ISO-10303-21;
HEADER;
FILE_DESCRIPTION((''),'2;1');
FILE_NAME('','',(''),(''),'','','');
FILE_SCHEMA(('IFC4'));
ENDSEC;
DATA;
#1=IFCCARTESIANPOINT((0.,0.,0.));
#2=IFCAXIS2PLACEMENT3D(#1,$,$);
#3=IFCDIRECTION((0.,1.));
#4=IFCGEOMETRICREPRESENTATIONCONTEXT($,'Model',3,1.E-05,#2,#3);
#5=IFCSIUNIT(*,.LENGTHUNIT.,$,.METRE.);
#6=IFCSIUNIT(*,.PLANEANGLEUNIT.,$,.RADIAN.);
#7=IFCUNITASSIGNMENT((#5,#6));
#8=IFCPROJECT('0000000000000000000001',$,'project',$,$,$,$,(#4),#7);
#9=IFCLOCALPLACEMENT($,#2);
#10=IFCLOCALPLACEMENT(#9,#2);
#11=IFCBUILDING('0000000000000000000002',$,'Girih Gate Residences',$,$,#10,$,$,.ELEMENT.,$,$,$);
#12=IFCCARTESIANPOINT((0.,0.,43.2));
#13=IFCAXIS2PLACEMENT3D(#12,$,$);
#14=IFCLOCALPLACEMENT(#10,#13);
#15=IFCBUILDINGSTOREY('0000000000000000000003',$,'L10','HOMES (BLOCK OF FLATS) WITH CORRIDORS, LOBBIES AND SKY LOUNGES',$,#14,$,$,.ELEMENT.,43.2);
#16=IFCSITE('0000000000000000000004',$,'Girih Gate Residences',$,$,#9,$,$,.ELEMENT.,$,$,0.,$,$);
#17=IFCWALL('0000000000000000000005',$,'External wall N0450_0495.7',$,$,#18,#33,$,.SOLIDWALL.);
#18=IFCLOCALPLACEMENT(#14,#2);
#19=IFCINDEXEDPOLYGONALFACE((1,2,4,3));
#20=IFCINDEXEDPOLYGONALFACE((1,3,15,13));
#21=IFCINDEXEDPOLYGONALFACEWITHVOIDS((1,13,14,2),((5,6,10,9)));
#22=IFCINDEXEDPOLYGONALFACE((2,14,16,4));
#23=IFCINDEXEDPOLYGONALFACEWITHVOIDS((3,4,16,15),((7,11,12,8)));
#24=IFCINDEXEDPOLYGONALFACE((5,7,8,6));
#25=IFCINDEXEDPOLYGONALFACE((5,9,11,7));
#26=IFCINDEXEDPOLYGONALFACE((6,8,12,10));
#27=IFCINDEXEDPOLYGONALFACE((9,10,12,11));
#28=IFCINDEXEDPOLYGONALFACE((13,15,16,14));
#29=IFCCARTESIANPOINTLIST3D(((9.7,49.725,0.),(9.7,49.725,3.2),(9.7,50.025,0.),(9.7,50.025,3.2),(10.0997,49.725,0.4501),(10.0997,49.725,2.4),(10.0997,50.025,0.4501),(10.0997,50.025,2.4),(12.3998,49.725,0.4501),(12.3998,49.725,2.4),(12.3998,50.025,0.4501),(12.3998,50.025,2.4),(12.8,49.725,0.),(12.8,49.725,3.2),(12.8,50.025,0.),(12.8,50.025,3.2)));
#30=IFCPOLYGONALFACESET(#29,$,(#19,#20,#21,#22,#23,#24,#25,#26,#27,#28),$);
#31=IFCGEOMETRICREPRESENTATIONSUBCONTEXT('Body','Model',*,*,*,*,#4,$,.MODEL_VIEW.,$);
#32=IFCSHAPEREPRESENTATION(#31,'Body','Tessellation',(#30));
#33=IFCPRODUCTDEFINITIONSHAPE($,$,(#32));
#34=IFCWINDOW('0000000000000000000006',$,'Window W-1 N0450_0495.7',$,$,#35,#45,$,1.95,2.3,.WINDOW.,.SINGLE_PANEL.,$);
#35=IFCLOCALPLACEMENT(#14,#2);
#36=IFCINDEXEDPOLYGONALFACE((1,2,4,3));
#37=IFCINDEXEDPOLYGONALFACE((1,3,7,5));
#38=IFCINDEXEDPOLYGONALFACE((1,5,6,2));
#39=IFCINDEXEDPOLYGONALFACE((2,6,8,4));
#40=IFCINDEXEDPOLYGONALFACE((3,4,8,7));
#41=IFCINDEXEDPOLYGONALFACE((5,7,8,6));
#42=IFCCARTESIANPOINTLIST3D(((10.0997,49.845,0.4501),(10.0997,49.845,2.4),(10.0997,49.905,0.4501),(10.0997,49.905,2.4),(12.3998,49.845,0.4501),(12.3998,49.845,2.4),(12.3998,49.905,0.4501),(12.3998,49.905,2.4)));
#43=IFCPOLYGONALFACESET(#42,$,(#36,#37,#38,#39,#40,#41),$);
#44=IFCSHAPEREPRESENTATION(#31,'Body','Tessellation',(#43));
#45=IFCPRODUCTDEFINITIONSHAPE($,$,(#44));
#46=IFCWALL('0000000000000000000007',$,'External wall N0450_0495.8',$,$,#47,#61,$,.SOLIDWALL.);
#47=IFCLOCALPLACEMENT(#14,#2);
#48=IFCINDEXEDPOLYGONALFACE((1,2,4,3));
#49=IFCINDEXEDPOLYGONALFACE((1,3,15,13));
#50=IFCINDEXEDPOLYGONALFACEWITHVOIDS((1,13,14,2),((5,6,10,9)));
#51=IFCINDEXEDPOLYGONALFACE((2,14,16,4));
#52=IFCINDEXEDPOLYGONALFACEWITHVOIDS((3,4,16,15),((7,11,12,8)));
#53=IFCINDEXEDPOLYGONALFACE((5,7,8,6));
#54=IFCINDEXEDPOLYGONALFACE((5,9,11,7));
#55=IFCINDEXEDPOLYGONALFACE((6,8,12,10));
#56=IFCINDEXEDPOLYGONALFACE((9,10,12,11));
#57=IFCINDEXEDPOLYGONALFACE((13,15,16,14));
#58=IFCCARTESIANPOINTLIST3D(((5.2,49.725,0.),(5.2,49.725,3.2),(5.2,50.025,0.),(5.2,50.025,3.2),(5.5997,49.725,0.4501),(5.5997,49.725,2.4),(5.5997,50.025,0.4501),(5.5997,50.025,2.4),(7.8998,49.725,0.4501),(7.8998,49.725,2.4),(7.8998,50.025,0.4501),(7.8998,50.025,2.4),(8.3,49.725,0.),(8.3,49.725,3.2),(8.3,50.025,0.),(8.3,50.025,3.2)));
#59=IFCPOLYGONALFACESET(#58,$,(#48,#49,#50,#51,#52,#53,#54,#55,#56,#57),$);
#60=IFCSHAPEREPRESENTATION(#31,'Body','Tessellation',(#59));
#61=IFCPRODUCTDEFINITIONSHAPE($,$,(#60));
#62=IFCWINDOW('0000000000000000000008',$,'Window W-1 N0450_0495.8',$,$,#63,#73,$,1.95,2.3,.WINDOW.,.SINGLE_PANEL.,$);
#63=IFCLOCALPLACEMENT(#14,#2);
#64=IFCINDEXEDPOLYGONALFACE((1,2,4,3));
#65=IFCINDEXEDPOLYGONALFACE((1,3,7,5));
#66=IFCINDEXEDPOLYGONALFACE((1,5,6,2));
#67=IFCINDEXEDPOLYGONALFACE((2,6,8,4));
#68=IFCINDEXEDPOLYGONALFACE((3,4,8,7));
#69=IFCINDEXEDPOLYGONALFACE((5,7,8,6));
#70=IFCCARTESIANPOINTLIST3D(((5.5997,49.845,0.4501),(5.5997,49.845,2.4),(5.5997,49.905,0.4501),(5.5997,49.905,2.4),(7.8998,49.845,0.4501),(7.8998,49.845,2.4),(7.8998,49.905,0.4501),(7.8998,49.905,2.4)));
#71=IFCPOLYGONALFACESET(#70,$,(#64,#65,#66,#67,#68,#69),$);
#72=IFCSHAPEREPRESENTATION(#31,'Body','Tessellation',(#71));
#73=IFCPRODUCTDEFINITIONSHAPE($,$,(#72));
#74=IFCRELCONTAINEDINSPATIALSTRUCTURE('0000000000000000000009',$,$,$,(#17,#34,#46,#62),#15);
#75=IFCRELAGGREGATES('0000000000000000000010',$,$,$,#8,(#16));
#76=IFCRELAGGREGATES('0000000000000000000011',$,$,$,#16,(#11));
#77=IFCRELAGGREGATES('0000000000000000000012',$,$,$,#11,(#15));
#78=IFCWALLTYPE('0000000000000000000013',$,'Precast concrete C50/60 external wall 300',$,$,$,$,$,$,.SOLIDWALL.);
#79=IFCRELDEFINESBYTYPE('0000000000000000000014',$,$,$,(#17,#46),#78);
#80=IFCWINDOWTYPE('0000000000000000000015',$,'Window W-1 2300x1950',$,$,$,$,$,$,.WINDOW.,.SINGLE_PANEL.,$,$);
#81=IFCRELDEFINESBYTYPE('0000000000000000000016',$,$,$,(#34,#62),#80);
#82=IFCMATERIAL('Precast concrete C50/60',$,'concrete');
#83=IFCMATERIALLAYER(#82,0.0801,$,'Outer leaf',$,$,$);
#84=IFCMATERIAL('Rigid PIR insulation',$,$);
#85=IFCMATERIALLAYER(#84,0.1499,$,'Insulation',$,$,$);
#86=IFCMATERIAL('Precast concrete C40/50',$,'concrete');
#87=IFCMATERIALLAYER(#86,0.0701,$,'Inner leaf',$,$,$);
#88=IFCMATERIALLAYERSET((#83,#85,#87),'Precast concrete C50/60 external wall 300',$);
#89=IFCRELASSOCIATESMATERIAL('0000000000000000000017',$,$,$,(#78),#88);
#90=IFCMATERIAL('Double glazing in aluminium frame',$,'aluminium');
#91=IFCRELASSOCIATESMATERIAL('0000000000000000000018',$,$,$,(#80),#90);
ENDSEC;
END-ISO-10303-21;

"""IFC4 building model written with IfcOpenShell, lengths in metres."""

from ifc_helpers import new_model, si_unit, direction, frame, frame_2d, origin, place, context, subcontext, project, spatial, rectangle, extrude, material, layer, layer_set, type_object, element, fill, save


model = new_model("IFC4")

# Units and contexts
model_context = context("Model", 3, precision=1e-05, world=origin(), true_north=direction((0.0, 1.0)))
body_context = subcontext(model_context, "Body", "Model", "MODEL_VIEW")
ifc_project = project(units=[si_unit("LENGTHUNIT", "METRE"), si_unit("PLANEANGLEUNIT", "RADIAN")], contexts=[model_context])

# Site, building, storey
site_placement = place(None, origin())
site = spatial("IfcSite", under=ifc_project, at=site_placement, Name="Girih Gate Residences", CompositionType="ELEMENT", RefElevation=0.0)
building_placement = place(site_placement, origin())
building = spatial("IfcBuilding", under=site, at=building_placement, Name="Girih Gate Residences", CompositionType="ELEMENT")
storey_placement = place(building_placement, frame((0.0, 0.0, 43.2)))
storey = spatial("IfcBuildingStorey", under=building, at=storey_placement, Name="L10", Description="HOMES (BLOCK OF FLATS) WITH CORRIDORS, LOBBIES AND SKY LOUNGES", CompositionType="ELEMENT", Elevation=43.2)

# Walls, openings, windows
ifc_material_1 = material(Name="Precast concrete C50/60", Category="concrete")
ifc_layer_1 = layer(ifc_material_1, 0.0801, Name="Outer leaf")
ifc_material_2 = material(Name="Rigid PIR insulation")
ifc_layer_2 = layer(ifc_material_2, 0.1499, Name="Insulation")
ifc_material_3 = material(Name="Precast concrete C40/50", Category="concrete")
ifc_layer_3 = layer(ifc_material_3, 0.0701, Name="Inner leaf")
ifc_layer_set_1 = layer_set([ifc_layer_1, ifc_layer_2, ifc_layer_3], Name="Precast concrete C50/60 external wall 300")
wall_type_1 = type_object("IfcWallType", Name="Precast concrete C50/60 external wall 300", PredefinedType="SOLIDWALL", material=ifc_layer_set_1)
wall_1_placement = place(storey_placement, frame((9.7, 49.875, 0.0), z_axis=(0.0, 0.0, 1.0), x_axis=(1.0, 0.0, 0.0)))
wall_1 = element("IfcWall", 1, at=wall_1_placement, inside=storey, type_object=wall_type_1, Name="External wall N0450_0495.7", PredefinedType="SOLIDWALL", context=body_context, shape_type="SweptSolid", body=[
    extrude(rectangle(XDim=3.1001, YDim=0.3, at=frame_2d((1.55, 0.0))), origin(), (0.0, 0.0, 1.0), 3.2),
])
opening_1_placement = place(wall_1_placement, frame((0.3999, 0.0, 0.45)))
opening_1 = element("IfcOpeningElement", 2, at=opening_1_placement, cuts=wall_1, PredefinedType="OPENING", context=body_context, shape_type="SweptSolid", body=[
    extrude(rectangle(XDim=2.3, YDim=1.95, at=frame_2d((1.1499, 0.9751))), frame((0.0, 0.1599, 0.0), z_axis=(0.0, -1.0, 0.0), x_axis=(1.0, 0.0, 0.0)), (0.0, 0.0, 1.0), 0.3201),
])
ifc_material_4 = material(Name="Double glazing in aluminium frame", Category="aluminium")
window_type = type_object("IfcWindowType", Name="Window W-1 2300x1950", PartitioningType="SINGLE_PANEL", PredefinedType="WINDOW", material=ifc_material_4)
window_1_placement = place(opening_1_placement, origin())
window_1 = element("IfcWindow", 3, at=window_1_placement, inside=storey, type_object=window_type, Name="Window W-1 N0450_0495.7", OverallHeight=1.95, OverallWidth=2.3, PartitioningType="SINGLE_PANEL", PredefinedType="WINDOW", context=body_context, shape_type="SweptSolid", body=[
    extrude(rectangle(XDim=2.3, YDim=1.95, at=frame_2d((1.1499, 0.9751))), frame((0.0, 0.03, 0.0), z_axis=(0.0, -1.0, 0.0), x_axis=(1.0, 0.0, 0.0)), (0.0, 0.0, 1.0), 0.0601),
])
fill(opening_1, window_1)
wall_2_placement = place(storey_placement, frame((5.2, 49.875, 0.0), z_axis=(0.0, 0.0, 1.0), x_axis=(1.0, 0.0, 0.0)))
wall_2 = element("IfcWall", 4, at=wall_2_placement, inside=storey, type_object=wall_type_1, Name="External wall N0450_0495.8", PredefinedType="SOLIDWALL", context=body_context, shape_type="SweptSolid", body=[
    extrude(rectangle(XDim=3.1001, YDim=0.3, at=frame_2d((1.55, 0.0))), origin(), (0.0, 0.0, 1.0), 3.2),
])
opening_2_placement = place(wall_2_placement, frame((0.3999, 0.0, 0.45)))
opening_2 = element("IfcOpeningElement", 5, at=opening_2_placement, cuts=wall_2, PredefinedType="OPENING", context=body_context, shape_type="SweptSolid", body=[
    extrude(rectangle(XDim=2.3, YDim=1.95, at=frame_2d((1.1499, 0.9751))), frame((0.0, 0.1599, 0.0), z_axis=(0.0, -1.0, 0.0), x_axis=(1.0, 0.0, 0.0)), (0.0, 0.0, 1.0), 0.3201),
])
window_2_placement = place(opening_2_placement, origin())
window_2 = element("IfcWindow", 6, at=window_2_placement, inside=storey, type_object=window_type, Name="Window W-1 N0450_0495.8", OverallHeight=1.95, OverallWidth=2.3, PartitioningType="SINGLE_PANEL", PredefinedType="WINDOW", context=body_context, shape_type="SweptSolid", body=[
    extrude(rectangle(XDim=2.3, YDim=1.95, at=frame_2d((1.1499, 0.9751))), frame((0.0, 0.03, 0.0), z_axis=(0.0, -1.0, 0.0), x_axis=(1.0, 0.0, 0.0)), (0.0, 0.0, 1.0), 0.0601),
])
fill(opening_2, window_2)

save(model, "model.ifc")
